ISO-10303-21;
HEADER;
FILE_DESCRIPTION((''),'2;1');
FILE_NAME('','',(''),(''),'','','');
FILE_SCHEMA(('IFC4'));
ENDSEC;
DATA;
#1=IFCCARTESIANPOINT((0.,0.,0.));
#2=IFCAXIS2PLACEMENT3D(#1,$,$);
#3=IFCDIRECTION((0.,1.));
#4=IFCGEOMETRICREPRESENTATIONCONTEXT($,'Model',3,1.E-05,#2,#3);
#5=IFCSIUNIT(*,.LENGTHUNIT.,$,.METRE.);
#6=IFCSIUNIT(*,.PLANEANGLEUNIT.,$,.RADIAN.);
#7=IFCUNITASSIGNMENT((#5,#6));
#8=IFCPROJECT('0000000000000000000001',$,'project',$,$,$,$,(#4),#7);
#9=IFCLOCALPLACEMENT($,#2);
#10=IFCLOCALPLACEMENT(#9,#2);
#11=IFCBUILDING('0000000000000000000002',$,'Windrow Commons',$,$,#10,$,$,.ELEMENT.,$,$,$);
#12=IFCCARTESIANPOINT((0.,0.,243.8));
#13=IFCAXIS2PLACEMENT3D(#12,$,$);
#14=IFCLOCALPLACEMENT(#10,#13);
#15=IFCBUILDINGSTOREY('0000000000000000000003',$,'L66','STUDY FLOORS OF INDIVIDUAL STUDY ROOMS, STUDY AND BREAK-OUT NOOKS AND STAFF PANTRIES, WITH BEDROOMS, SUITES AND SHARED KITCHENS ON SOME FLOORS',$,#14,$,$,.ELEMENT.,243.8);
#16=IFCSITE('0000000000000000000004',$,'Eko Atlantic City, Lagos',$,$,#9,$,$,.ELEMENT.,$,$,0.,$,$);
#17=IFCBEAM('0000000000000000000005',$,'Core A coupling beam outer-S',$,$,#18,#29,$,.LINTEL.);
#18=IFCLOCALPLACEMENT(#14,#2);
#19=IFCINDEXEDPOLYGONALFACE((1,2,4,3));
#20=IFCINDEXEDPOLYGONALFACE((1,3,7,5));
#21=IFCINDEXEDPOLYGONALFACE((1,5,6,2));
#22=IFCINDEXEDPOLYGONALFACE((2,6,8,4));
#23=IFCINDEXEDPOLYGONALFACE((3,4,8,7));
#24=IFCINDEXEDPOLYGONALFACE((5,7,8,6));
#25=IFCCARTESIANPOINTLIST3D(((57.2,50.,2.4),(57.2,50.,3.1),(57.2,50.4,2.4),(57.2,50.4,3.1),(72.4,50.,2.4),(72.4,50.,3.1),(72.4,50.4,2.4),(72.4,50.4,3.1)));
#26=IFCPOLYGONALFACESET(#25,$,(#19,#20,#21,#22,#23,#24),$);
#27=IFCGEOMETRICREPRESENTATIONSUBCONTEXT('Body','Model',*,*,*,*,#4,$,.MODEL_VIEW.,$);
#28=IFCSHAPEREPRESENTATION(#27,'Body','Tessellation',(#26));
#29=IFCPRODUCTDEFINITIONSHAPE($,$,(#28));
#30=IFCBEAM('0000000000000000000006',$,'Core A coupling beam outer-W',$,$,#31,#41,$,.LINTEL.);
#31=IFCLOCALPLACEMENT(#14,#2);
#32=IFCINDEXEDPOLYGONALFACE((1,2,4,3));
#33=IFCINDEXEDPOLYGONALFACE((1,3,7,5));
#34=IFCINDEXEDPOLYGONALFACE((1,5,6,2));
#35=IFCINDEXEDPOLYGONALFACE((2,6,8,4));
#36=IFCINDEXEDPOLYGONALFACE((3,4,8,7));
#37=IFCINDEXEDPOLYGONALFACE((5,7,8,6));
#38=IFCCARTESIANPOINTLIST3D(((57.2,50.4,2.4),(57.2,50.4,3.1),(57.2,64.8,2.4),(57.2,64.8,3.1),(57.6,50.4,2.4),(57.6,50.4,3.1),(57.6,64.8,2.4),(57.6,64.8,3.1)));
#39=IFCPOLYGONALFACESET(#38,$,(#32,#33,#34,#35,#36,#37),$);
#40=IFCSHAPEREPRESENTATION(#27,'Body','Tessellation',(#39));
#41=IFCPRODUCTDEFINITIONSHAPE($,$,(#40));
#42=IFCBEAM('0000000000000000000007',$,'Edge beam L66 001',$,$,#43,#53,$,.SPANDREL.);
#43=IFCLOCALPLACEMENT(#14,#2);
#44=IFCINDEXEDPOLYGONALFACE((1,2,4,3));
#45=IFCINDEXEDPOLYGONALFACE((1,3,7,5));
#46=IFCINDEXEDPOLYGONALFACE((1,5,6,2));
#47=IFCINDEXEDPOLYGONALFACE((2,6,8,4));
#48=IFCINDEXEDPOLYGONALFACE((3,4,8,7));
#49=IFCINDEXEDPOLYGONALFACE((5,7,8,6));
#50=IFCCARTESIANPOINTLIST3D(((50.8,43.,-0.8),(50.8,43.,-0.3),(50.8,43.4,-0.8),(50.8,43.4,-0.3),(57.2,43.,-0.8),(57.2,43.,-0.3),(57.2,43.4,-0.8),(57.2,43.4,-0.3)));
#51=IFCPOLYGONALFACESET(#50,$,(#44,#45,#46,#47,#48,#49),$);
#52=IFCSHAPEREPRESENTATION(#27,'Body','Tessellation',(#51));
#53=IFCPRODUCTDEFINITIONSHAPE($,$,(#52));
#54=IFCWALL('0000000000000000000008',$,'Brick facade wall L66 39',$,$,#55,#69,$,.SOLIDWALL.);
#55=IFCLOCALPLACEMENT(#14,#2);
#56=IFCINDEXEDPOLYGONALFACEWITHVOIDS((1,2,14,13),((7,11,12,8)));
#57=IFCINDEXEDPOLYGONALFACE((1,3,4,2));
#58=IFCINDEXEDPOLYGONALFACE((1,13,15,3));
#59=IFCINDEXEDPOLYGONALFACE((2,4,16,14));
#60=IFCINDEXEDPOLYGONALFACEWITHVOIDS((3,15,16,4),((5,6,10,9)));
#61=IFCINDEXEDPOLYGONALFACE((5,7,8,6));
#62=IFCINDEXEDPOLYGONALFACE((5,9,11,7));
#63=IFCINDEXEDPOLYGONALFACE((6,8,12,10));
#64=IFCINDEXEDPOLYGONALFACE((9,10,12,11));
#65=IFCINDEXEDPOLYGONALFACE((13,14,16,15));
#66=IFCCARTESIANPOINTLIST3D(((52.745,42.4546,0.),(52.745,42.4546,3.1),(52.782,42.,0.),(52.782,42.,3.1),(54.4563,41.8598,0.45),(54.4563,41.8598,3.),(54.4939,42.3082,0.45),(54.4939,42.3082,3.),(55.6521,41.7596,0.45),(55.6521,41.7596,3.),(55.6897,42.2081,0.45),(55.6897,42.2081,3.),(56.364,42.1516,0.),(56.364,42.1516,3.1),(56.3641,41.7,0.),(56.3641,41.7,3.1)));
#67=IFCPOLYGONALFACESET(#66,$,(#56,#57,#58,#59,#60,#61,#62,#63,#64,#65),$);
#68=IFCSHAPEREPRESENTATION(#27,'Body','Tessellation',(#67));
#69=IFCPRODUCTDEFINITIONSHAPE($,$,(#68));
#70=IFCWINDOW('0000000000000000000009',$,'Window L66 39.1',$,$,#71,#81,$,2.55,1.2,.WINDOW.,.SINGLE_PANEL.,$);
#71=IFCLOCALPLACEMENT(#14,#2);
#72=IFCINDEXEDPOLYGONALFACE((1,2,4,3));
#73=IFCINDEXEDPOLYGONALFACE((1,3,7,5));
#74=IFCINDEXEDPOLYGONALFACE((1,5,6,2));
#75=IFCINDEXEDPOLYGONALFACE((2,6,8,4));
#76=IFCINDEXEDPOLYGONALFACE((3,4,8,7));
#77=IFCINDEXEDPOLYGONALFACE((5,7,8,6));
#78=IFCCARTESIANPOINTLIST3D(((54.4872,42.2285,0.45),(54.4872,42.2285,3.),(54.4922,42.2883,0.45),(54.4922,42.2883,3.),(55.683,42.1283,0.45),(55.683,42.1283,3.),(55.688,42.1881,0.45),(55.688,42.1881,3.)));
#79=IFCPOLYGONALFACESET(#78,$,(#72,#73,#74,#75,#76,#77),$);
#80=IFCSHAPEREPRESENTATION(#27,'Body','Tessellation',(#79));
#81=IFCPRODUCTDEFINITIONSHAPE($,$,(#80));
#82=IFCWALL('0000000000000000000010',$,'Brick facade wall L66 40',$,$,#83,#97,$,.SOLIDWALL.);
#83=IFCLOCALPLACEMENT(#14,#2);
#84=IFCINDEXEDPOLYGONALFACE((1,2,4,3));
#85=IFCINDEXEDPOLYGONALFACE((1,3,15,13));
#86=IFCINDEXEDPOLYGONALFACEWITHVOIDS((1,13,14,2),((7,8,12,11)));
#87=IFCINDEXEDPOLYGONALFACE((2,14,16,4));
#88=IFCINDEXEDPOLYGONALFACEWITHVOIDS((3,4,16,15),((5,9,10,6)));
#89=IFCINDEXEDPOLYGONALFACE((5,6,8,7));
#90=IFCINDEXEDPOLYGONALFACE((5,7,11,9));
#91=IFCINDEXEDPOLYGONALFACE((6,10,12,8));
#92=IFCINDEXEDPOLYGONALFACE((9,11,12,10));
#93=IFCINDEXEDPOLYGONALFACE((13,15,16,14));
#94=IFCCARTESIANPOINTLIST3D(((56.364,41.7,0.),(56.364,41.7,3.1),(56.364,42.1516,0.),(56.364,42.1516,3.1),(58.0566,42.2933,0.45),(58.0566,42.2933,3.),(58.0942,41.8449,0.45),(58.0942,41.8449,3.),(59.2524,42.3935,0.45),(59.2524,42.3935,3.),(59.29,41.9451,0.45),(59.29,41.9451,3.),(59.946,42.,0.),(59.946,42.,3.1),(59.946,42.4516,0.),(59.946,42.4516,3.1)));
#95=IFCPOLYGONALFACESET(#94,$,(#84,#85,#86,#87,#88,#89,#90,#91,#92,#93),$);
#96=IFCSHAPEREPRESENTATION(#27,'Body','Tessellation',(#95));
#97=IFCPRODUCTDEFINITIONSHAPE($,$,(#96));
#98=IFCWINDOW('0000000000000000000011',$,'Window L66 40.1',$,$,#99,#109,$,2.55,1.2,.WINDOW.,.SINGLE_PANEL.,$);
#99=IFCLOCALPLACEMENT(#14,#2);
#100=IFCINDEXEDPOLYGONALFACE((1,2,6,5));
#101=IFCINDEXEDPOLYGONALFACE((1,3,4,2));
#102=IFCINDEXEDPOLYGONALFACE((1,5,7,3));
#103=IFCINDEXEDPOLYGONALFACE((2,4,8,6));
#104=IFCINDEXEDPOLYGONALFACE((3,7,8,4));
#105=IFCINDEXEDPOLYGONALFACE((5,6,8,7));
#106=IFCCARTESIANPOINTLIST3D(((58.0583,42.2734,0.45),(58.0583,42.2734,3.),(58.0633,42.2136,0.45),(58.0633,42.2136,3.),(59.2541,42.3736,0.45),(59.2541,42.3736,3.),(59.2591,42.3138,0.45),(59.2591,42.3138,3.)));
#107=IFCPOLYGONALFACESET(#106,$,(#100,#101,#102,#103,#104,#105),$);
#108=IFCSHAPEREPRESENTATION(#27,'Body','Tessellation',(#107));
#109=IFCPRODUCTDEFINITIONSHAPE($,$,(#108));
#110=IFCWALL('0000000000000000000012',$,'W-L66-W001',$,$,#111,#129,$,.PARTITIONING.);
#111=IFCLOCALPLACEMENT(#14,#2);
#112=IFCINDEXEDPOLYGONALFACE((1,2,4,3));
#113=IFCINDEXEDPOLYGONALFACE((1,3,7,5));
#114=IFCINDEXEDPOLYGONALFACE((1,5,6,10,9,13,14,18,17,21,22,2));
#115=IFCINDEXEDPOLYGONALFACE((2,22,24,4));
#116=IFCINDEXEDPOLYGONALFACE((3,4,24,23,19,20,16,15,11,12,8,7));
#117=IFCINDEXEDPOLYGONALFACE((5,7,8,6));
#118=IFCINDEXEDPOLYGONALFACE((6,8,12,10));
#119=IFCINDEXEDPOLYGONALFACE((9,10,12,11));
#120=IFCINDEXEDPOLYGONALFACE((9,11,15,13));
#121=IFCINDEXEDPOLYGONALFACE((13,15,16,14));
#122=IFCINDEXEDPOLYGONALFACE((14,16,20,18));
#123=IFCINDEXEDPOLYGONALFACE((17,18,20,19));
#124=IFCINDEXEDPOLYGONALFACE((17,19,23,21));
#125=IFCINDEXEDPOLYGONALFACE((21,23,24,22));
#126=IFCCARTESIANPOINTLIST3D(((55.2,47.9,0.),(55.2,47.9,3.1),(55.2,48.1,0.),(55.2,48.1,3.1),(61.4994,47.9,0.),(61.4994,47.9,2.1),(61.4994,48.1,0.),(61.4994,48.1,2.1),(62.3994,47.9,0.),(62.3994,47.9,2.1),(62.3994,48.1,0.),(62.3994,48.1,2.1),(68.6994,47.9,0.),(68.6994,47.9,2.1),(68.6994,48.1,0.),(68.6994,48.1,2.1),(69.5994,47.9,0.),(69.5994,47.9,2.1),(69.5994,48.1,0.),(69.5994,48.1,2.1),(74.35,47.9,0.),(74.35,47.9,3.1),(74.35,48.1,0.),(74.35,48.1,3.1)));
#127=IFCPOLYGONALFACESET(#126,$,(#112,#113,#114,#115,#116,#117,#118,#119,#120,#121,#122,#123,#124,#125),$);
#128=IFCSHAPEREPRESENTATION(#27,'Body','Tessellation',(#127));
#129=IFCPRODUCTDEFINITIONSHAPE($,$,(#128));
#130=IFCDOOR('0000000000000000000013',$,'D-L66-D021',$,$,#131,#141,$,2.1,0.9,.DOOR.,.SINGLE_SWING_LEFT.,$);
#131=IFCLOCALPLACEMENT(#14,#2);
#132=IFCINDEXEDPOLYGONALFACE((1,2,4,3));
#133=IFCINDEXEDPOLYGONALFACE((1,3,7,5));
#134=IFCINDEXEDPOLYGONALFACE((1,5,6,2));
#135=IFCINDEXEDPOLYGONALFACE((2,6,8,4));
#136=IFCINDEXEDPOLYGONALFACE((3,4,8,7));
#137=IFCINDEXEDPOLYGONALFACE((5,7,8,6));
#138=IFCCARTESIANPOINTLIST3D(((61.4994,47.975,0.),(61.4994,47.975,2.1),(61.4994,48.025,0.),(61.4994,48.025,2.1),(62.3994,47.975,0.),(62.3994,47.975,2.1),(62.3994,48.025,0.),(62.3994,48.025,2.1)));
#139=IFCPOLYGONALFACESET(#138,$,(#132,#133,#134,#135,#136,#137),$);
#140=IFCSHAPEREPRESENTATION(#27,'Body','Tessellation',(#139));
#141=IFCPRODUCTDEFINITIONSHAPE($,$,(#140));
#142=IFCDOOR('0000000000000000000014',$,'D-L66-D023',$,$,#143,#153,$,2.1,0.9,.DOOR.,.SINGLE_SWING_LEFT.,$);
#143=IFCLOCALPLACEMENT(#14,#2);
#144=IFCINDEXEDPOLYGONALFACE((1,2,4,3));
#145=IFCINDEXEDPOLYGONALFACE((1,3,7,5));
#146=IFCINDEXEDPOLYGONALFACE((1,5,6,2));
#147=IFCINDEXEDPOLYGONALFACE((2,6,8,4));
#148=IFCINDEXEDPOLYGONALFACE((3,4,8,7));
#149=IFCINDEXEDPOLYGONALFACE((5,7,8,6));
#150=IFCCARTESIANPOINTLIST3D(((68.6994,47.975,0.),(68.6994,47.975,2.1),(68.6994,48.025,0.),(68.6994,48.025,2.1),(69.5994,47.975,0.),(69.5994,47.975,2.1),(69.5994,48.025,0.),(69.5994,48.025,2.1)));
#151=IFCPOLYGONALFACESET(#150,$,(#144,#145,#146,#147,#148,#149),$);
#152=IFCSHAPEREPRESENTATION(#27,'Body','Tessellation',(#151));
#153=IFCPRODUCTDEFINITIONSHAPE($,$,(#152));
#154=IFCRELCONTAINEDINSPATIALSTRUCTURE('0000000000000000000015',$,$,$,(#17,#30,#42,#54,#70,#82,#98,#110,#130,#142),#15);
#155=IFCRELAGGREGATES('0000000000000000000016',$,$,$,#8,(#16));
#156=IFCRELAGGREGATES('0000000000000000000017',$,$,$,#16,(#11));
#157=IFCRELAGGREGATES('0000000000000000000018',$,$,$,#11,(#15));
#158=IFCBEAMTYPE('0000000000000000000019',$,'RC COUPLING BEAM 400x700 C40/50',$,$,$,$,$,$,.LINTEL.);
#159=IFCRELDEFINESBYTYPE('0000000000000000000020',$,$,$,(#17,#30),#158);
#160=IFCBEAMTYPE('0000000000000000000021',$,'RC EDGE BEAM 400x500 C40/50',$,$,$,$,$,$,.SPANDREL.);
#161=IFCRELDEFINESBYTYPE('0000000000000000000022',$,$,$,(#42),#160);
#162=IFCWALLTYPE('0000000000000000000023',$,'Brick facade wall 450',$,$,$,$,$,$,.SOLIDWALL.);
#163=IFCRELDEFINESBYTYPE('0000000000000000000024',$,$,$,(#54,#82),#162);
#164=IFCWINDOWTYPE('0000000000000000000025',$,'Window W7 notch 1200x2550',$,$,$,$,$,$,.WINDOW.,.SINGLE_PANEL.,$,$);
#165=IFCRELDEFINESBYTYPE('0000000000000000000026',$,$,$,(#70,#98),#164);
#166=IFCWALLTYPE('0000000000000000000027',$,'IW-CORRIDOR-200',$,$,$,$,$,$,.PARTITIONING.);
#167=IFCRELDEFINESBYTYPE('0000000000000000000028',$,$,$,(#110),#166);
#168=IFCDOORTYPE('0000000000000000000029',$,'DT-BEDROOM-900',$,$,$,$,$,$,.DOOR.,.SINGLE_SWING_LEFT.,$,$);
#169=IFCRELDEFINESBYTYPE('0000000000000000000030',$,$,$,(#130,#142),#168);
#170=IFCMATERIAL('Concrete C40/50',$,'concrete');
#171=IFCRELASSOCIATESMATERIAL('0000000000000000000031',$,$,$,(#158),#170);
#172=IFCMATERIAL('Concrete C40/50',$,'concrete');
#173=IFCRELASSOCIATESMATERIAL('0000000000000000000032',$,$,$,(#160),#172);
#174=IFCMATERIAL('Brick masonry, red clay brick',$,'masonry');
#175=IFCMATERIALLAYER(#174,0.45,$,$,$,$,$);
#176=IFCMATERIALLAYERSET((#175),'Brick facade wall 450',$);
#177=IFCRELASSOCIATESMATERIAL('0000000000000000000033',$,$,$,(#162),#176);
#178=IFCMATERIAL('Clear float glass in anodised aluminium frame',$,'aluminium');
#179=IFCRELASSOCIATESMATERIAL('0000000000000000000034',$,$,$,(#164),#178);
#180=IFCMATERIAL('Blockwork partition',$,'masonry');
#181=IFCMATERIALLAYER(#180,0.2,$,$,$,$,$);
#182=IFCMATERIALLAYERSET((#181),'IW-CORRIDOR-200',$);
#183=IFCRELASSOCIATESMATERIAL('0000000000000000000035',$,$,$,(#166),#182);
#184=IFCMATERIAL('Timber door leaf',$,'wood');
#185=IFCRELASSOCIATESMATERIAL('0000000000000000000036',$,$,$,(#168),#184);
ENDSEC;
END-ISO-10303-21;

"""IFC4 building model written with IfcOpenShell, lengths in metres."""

from ifc_helpers import new_model, si_unit, direction, frame, frame_2d, origin, origin_2d, place, context, subcontext, project, spatial, polyline, rectangle, outline, extrude, material, layer, layer_set, material_profile, profile_set, type_object, element, fill, save


model = new_model("IFC4")

# Units and contexts
model_context = context("Model", 3, precision=1e-05, world=origin(), true_north=direction((0.0, 1.0)))
body_context = subcontext(model_context, "Body", "Model", "MODEL_VIEW")
ifc_project = project(units=[si_unit("LENGTHUNIT", "METRE"), si_unit("PLANEANGLEUNIT", "RADIAN")], contexts=[model_context])

# Site, building, storey
site_placement = place(None, origin())
site = spatial("IfcSite", under=ifc_project, at=site_placement, Name="Eko Atlantic City, Lagos", CompositionType="ELEMENT", RefElevation=0.0)
building_placement = place(site_placement, origin())
building = spatial("IfcBuilding", under=site, at=building_placement, Name="Windrow Commons", CompositionType="ELEMENT")
storey_placement = place(building_placement, frame((0.0, 0.0, 243.8)))
storey = spatial("IfcBuildingStorey", under=building, at=storey_placement, Name="L66", Description="STUDY FLOORS OF INDIVIDUAL STUDY ROOMS, STUDY AND BREAK-OUT NOOKS AND STAFF PANTRIES, WITH BEDROOMS, SUITES AND SHARED KITCHENS ON SOME FLOORS", CompositionType="ELEMENT", Elevation=243.8)

# Beams
ifc_material_1 = material(Name="Concrete C40/50", Category="concrete")
ifc_material_profile_1 = material_profile(ifc_material_1, rectangle(XDim=0.4, YDim=0.7, at=origin_2d()))
ifc_profile_set_1 = profile_set([ifc_material_profile_1], Name="Concrete C40/50")
beam_type_1 = type_object("IfcBeamType", Name="RC COUPLING BEAM 400x700 C40/50", PredefinedType="LINTEL", material=ifc_profile_set_1)
beam_1_placement = place(storey_placement, frame((57.2, 50.2, 2.75), z_axis=(1.0, 0.0, 0.0), x_axis=(0.0, 1.0, 0.0)))
element("IfcBeam", 1, at=beam_1_placement, inside=storey, type_object=beam_type_1, Name="Core A coupling beam outer-S", PredefinedType="LINTEL", context=body_context, shape_type="SweptSolid", body=[
    extrude(rectangle(XDim=0.4, YDim=0.7, at=origin_2d()), origin(), (0.0, 0.0, 1.0), 15.2),
])
beam_2_placement = place(storey_placement, frame((57.4, 50.4, 2.75), z_axis=(0.0, 1.0, 0.0), x_axis=(-1.0, 0.0, 0.0)))
element("IfcBeam", 2, at=beam_2_placement, inside=storey, type_object=beam_type_1, Name="Core A coupling beam outer-W", PredefinedType="LINTEL", context=body_context, shape_type="SweptSolid", body=[
    extrude(rectangle(XDim=0.4, YDim=0.7, at=origin_2d()), origin(), (0.0, 0.0, 1.0), 14.4),
])
ifc_material_2 = material(Name="Concrete C40/50", Category="concrete")
ifc_material_profile_2 = material_profile(ifc_material_2, rectangle(XDim=0.4, YDim=0.5, at=origin_2d()))
ifc_profile_set_2 = profile_set([ifc_material_profile_2], Name="Concrete C40/50")
beam_type_2 = type_object("IfcBeamType", Name="RC EDGE BEAM 400x500 C40/50", PredefinedType="SPANDREL", material=ifc_profile_set_2)
beam_3_placement = place(storey_placement, frame((57.2, 43.2, -0.55), z_axis=(-1.0, 0.0, 0.0), x_axis=(0.0, -1.0, 0.0)))
element("IfcBeam", 3, at=beam_3_placement, inside=storey, type_object=beam_type_2, Name="Edge beam L66 001", PredefinedType="SPANDREL", context=body_context, shape_type="SweptSolid", body=[
    extrude(rectangle(XDim=0.4, YDim=0.5, at=origin_2d()), origin(), (0.0, 0.0, 1.0), 6.4),
])

# Walls, openings, windows
ifc_material_3 = material(Name="Brick masonry, red clay brick", Category="masonry")
ifc_layer_1 = layer(ifc_material_3, 0.45)
ifc_layer_set_1 = layer_set([ifc_layer_1], Name="Brick facade wall 450")
wall_type_1 = type_object("IfcWallType", Name="Brick facade wall 450", PredefinedType="SOLIDWALL", material=ifc_layer_set_1)
wall_1_placement = place(storey_placement, frame((52.7635, 42.2273, 0.0), z_axis=(0.0, 0.0, 1.0), x_axis=(0.996512, -0.083446, 0.0)))
wall_1 = element("IfcWall", 4, at=wall_1_placement, inside=storey, type_object=wall_type_1, Name="Brick facade wall L66 39", PredefinedType="SOLIDWALL", context=body_context, shape_type="SweptSolid", body=[
    extrude(outline(polyline([(0.0374, -0.225), (3.632, -0.225), (3.5943, 0.225), (-0.0374, 0.225), (0.0374, -0.225)])), origin(), (0.0, 0.0, 1.0), 3.1),
])
opening_1_placement = place(wall_1_placement, frame((1.7176, 0.0, 0.45)))
opening_1 = element("IfcOpeningElement", 5, at=opening_1_placement, cuts=wall_1, PredefinedType="OPENING", context=body_context, shape_type="SweptSolid", body=[
    extrude(rectangle(XDim=1.2, YDim=2.55, at=frame_2d((0.6, 1.275))), frame((0.0, 0.235, 0.0), z_axis=(0.0, -1.0, 0.0), x_axis=(1.0, 0.0, 0.0)), (0.0, 0.0, 1.0), 0.47),
])
ifc_material_4 = material(Name="Clear float glass in anodised aluminium frame", Category="aluminium")
window_type = type_object("IfcWindowType", Name="Window W7 notch 1200x2550", PartitioningType="SINGLE_PANEL", PredefinedType="WINDOW", material=ifc_material_4)
window_1_placement = place(opening_1_placement, origin())
window_1 = element("IfcWindow", 6, at=window_1_placement, inside=storey, type_object=window_type, Name="Window L66 39.1", OverallHeight=2.55, OverallWidth=1.2, PartitioningType="SINGLE_PANEL", PredefinedType="WINDOW", context=body_context, shape_type="SweptSolid", body=[
    extrude(rectangle(XDim=1.2, YDim=2.55, at=frame_2d((0.6, 1.275))), frame((0.0, 0.205, 0.0), z_axis=(0.0, -1.0, 0.0), x_axis=(1.0, 0.0, 0.0)), (0.0, 0.0, 1.0), 0.06),
])
fill(opening_1, window_1)
wall_2_placement = place(storey_placement, frame((56.364, 41.9258, 0.0), z_axis=(0.0, 0.0, 1.0), x_axis=(0.996511, 0.08346, 0.0)))
wall_2 = element("IfcWall", 7, at=wall_2_placement, inside=storey, type_object=wall_type_1, Name="Brick facade wall L66 40", PredefinedType="SOLIDWALL", context=body_context, shape_type="SweptSolid", body=[
    extrude(outline(polyline([(-0.0188, -0.225), (3.5757, -0.225), (3.6134, 0.225), (0.0188, 0.225), (-0.0188, -0.225)])), origin(), (0.0, 0.0, 1.0), 3.1),
])
opening_2_placement = place(wall_2_placement, frame((1.7174, 0.0, 0.45)))
opening_2 = element("IfcOpeningElement", 8, at=opening_2_placement, cuts=wall_2, PredefinedType="OPENING", context=body_context, shape_type="SweptSolid", body=[
    extrude(rectangle(XDim=1.2, YDim=2.55, at=frame_2d((0.6, 1.275))), frame((0.0, 0.235, 0.0), z_axis=(0.0, -1.0, 0.0), x_axis=(1.0, 0.0, 0.0)), (0.0, 0.0, 1.0), 0.47),
])
window_2_placement = place(opening_2_placement, origin())
window_2 = element("IfcWindow", 9, at=window_2_placement, inside=storey, type_object=window_type, Name="Window L66 40.1", OverallHeight=2.55, OverallWidth=1.2, PartitioningType="SINGLE_PANEL", PredefinedType="WINDOW", context=body_context, shape_type="SweptSolid", body=[
    extrude(rectangle(XDim=1.2, YDim=2.55, at=frame_2d((0.6, 1.275))), frame((0.0, 0.205, 0.0), z_axis=(0.0, -1.0, 0.0), x_axis=(1.0, 0.0, 0.0)), (0.0, 0.0, 1.0), 0.06),
])
fill(opening_2, window_2)

# Wall, openings, doors
ifc_material_5 = material(Name="Blockwork partition", Category="masonry")
ifc_layer_2 = layer(ifc_material_5, 0.2)
ifc_layer_set_2 = layer_set([ifc_layer_2], Name="IW-CORRIDOR-200")
wall_type_2 = type_object("IfcWallType", Name="IW-CORRIDOR-200", PredefinedType="PARTITIONING", material=ifc_layer_set_2)
wall_3_placement = place(storey_placement, frame((55.2, 48.0, 0.0), z_axis=(0.0, 0.0, 1.0), x_axis=(1.0, 0.0, 0.0)))
wall_3 = element("IfcWall", 10, at=wall_3_placement, inside=storey, type_object=wall_type_2, Name="W-L66-W001", PredefinedType="PARTITIONING", context=body_context, shape_type="SweptSolid", body=[
    extrude(rectangle(XDim=19.15, YDim=0.2, at=frame_2d((9.575, 0.0))), origin(), (0.0, 0.0, 1.0), 3.1),
])
opening_3_placement = place(wall_3_placement, frame((6.2994, 0.0, 0.0)))
opening_3 = element("IfcOpeningElement", 11, at=opening_3_placement, cuts=wall_3, PredefinedType="OPENING", context=body_context, shape_type="SweptSolid", body=[
    extrude(rectangle(XDim=0.9, YDim=2.1, at=frame_2d((0.45, 1.05))), frame((0.0, 0.11, 0.0), z_axis=(0.0, -1.0, 0.0), x_axis=(1.0, 0.0, 0.0)), (0.0, 0.0, 1.0), 0.22),
])
opening_4_placement = place(wall_3_placement, frame((13.4994, 0.0, 0.0)))
opening_4 = element("IfcOpeningElement", 12, at=opening_4_placement, cuts=wall_3, PredefinedType="OPENING", context=body_context, shape_type="SweptSolid", body=[
    extrude(rectangle(XDim=0.9, YDim=2.1, at=frame_2d((0.45, 1.05))), frame((0.0, 0.11, 0.0), z_axis=(0.0, -1.0, 0.0), x_axis=(1.0, 0.0, 0.0)), (0.0, 0.0, 1.0), 0.22),
])
ifc_material_6 = material(Name="Timber door leaf", Category="wood")
door_type_1 = type_object("IfcDoorType", Name="DT-BEDROOM-900", OperationType="SINGLE_SWING_LEFT", PredefinedType="DOOR", material=ifc_material_6)
door_1_placement = place(opening_3_placement, origin())
door_1 = element("IfcDoor", 13, at=door_1_placement, inside=storey, type_object=door_type_1, Name="D-L66-D021", OperationType="SINGLE_SWING_LEFT", OverallHeight=2.1, OverallWidth=0.9, PredefinedType="DOOR", context=body_context, shape_type="SweptSolid", body=[
    extrude(rectangle(XDim=0.9, YDim=2.1, at=frame_2d((0.45, 1.05))), frame((0.0, 0.025, 0.0), z_axis=(0.0, -1.0, 0.0), x_axis=(1.0, 0.0, 0.0)), (0.0, 0.0, 1.0), 0.05),
])
fill(opening_3, door_1)
door_2_placement = place(opening_4_placement, origin())
door_2 = element("IfcDoor", 14, at=door_2_placement, inside=storey, type_object=door_type_1, Name="D-L66-D023", OperationType="SINGLE_SWING_LEFT", OverallHeight=2.1, OverallWidth=0.9, PredefinedType="DOOR", context=body_context, shape_type="SweptSolid", body=[
    extrude(rectangle(XDim=0.9, YDim=2.1, at=frame_2d((0.45, 1.05))), frame((0.0, 0.025, 0.0), z_axis=(0.0, -1.0, 0.0), x_axis=(1.0, 0.0, 0.0)), (0.0, 0.0, 1.0), 0.05),
])
fill(opening_4, door_2)

save(model, "model.ifc")
